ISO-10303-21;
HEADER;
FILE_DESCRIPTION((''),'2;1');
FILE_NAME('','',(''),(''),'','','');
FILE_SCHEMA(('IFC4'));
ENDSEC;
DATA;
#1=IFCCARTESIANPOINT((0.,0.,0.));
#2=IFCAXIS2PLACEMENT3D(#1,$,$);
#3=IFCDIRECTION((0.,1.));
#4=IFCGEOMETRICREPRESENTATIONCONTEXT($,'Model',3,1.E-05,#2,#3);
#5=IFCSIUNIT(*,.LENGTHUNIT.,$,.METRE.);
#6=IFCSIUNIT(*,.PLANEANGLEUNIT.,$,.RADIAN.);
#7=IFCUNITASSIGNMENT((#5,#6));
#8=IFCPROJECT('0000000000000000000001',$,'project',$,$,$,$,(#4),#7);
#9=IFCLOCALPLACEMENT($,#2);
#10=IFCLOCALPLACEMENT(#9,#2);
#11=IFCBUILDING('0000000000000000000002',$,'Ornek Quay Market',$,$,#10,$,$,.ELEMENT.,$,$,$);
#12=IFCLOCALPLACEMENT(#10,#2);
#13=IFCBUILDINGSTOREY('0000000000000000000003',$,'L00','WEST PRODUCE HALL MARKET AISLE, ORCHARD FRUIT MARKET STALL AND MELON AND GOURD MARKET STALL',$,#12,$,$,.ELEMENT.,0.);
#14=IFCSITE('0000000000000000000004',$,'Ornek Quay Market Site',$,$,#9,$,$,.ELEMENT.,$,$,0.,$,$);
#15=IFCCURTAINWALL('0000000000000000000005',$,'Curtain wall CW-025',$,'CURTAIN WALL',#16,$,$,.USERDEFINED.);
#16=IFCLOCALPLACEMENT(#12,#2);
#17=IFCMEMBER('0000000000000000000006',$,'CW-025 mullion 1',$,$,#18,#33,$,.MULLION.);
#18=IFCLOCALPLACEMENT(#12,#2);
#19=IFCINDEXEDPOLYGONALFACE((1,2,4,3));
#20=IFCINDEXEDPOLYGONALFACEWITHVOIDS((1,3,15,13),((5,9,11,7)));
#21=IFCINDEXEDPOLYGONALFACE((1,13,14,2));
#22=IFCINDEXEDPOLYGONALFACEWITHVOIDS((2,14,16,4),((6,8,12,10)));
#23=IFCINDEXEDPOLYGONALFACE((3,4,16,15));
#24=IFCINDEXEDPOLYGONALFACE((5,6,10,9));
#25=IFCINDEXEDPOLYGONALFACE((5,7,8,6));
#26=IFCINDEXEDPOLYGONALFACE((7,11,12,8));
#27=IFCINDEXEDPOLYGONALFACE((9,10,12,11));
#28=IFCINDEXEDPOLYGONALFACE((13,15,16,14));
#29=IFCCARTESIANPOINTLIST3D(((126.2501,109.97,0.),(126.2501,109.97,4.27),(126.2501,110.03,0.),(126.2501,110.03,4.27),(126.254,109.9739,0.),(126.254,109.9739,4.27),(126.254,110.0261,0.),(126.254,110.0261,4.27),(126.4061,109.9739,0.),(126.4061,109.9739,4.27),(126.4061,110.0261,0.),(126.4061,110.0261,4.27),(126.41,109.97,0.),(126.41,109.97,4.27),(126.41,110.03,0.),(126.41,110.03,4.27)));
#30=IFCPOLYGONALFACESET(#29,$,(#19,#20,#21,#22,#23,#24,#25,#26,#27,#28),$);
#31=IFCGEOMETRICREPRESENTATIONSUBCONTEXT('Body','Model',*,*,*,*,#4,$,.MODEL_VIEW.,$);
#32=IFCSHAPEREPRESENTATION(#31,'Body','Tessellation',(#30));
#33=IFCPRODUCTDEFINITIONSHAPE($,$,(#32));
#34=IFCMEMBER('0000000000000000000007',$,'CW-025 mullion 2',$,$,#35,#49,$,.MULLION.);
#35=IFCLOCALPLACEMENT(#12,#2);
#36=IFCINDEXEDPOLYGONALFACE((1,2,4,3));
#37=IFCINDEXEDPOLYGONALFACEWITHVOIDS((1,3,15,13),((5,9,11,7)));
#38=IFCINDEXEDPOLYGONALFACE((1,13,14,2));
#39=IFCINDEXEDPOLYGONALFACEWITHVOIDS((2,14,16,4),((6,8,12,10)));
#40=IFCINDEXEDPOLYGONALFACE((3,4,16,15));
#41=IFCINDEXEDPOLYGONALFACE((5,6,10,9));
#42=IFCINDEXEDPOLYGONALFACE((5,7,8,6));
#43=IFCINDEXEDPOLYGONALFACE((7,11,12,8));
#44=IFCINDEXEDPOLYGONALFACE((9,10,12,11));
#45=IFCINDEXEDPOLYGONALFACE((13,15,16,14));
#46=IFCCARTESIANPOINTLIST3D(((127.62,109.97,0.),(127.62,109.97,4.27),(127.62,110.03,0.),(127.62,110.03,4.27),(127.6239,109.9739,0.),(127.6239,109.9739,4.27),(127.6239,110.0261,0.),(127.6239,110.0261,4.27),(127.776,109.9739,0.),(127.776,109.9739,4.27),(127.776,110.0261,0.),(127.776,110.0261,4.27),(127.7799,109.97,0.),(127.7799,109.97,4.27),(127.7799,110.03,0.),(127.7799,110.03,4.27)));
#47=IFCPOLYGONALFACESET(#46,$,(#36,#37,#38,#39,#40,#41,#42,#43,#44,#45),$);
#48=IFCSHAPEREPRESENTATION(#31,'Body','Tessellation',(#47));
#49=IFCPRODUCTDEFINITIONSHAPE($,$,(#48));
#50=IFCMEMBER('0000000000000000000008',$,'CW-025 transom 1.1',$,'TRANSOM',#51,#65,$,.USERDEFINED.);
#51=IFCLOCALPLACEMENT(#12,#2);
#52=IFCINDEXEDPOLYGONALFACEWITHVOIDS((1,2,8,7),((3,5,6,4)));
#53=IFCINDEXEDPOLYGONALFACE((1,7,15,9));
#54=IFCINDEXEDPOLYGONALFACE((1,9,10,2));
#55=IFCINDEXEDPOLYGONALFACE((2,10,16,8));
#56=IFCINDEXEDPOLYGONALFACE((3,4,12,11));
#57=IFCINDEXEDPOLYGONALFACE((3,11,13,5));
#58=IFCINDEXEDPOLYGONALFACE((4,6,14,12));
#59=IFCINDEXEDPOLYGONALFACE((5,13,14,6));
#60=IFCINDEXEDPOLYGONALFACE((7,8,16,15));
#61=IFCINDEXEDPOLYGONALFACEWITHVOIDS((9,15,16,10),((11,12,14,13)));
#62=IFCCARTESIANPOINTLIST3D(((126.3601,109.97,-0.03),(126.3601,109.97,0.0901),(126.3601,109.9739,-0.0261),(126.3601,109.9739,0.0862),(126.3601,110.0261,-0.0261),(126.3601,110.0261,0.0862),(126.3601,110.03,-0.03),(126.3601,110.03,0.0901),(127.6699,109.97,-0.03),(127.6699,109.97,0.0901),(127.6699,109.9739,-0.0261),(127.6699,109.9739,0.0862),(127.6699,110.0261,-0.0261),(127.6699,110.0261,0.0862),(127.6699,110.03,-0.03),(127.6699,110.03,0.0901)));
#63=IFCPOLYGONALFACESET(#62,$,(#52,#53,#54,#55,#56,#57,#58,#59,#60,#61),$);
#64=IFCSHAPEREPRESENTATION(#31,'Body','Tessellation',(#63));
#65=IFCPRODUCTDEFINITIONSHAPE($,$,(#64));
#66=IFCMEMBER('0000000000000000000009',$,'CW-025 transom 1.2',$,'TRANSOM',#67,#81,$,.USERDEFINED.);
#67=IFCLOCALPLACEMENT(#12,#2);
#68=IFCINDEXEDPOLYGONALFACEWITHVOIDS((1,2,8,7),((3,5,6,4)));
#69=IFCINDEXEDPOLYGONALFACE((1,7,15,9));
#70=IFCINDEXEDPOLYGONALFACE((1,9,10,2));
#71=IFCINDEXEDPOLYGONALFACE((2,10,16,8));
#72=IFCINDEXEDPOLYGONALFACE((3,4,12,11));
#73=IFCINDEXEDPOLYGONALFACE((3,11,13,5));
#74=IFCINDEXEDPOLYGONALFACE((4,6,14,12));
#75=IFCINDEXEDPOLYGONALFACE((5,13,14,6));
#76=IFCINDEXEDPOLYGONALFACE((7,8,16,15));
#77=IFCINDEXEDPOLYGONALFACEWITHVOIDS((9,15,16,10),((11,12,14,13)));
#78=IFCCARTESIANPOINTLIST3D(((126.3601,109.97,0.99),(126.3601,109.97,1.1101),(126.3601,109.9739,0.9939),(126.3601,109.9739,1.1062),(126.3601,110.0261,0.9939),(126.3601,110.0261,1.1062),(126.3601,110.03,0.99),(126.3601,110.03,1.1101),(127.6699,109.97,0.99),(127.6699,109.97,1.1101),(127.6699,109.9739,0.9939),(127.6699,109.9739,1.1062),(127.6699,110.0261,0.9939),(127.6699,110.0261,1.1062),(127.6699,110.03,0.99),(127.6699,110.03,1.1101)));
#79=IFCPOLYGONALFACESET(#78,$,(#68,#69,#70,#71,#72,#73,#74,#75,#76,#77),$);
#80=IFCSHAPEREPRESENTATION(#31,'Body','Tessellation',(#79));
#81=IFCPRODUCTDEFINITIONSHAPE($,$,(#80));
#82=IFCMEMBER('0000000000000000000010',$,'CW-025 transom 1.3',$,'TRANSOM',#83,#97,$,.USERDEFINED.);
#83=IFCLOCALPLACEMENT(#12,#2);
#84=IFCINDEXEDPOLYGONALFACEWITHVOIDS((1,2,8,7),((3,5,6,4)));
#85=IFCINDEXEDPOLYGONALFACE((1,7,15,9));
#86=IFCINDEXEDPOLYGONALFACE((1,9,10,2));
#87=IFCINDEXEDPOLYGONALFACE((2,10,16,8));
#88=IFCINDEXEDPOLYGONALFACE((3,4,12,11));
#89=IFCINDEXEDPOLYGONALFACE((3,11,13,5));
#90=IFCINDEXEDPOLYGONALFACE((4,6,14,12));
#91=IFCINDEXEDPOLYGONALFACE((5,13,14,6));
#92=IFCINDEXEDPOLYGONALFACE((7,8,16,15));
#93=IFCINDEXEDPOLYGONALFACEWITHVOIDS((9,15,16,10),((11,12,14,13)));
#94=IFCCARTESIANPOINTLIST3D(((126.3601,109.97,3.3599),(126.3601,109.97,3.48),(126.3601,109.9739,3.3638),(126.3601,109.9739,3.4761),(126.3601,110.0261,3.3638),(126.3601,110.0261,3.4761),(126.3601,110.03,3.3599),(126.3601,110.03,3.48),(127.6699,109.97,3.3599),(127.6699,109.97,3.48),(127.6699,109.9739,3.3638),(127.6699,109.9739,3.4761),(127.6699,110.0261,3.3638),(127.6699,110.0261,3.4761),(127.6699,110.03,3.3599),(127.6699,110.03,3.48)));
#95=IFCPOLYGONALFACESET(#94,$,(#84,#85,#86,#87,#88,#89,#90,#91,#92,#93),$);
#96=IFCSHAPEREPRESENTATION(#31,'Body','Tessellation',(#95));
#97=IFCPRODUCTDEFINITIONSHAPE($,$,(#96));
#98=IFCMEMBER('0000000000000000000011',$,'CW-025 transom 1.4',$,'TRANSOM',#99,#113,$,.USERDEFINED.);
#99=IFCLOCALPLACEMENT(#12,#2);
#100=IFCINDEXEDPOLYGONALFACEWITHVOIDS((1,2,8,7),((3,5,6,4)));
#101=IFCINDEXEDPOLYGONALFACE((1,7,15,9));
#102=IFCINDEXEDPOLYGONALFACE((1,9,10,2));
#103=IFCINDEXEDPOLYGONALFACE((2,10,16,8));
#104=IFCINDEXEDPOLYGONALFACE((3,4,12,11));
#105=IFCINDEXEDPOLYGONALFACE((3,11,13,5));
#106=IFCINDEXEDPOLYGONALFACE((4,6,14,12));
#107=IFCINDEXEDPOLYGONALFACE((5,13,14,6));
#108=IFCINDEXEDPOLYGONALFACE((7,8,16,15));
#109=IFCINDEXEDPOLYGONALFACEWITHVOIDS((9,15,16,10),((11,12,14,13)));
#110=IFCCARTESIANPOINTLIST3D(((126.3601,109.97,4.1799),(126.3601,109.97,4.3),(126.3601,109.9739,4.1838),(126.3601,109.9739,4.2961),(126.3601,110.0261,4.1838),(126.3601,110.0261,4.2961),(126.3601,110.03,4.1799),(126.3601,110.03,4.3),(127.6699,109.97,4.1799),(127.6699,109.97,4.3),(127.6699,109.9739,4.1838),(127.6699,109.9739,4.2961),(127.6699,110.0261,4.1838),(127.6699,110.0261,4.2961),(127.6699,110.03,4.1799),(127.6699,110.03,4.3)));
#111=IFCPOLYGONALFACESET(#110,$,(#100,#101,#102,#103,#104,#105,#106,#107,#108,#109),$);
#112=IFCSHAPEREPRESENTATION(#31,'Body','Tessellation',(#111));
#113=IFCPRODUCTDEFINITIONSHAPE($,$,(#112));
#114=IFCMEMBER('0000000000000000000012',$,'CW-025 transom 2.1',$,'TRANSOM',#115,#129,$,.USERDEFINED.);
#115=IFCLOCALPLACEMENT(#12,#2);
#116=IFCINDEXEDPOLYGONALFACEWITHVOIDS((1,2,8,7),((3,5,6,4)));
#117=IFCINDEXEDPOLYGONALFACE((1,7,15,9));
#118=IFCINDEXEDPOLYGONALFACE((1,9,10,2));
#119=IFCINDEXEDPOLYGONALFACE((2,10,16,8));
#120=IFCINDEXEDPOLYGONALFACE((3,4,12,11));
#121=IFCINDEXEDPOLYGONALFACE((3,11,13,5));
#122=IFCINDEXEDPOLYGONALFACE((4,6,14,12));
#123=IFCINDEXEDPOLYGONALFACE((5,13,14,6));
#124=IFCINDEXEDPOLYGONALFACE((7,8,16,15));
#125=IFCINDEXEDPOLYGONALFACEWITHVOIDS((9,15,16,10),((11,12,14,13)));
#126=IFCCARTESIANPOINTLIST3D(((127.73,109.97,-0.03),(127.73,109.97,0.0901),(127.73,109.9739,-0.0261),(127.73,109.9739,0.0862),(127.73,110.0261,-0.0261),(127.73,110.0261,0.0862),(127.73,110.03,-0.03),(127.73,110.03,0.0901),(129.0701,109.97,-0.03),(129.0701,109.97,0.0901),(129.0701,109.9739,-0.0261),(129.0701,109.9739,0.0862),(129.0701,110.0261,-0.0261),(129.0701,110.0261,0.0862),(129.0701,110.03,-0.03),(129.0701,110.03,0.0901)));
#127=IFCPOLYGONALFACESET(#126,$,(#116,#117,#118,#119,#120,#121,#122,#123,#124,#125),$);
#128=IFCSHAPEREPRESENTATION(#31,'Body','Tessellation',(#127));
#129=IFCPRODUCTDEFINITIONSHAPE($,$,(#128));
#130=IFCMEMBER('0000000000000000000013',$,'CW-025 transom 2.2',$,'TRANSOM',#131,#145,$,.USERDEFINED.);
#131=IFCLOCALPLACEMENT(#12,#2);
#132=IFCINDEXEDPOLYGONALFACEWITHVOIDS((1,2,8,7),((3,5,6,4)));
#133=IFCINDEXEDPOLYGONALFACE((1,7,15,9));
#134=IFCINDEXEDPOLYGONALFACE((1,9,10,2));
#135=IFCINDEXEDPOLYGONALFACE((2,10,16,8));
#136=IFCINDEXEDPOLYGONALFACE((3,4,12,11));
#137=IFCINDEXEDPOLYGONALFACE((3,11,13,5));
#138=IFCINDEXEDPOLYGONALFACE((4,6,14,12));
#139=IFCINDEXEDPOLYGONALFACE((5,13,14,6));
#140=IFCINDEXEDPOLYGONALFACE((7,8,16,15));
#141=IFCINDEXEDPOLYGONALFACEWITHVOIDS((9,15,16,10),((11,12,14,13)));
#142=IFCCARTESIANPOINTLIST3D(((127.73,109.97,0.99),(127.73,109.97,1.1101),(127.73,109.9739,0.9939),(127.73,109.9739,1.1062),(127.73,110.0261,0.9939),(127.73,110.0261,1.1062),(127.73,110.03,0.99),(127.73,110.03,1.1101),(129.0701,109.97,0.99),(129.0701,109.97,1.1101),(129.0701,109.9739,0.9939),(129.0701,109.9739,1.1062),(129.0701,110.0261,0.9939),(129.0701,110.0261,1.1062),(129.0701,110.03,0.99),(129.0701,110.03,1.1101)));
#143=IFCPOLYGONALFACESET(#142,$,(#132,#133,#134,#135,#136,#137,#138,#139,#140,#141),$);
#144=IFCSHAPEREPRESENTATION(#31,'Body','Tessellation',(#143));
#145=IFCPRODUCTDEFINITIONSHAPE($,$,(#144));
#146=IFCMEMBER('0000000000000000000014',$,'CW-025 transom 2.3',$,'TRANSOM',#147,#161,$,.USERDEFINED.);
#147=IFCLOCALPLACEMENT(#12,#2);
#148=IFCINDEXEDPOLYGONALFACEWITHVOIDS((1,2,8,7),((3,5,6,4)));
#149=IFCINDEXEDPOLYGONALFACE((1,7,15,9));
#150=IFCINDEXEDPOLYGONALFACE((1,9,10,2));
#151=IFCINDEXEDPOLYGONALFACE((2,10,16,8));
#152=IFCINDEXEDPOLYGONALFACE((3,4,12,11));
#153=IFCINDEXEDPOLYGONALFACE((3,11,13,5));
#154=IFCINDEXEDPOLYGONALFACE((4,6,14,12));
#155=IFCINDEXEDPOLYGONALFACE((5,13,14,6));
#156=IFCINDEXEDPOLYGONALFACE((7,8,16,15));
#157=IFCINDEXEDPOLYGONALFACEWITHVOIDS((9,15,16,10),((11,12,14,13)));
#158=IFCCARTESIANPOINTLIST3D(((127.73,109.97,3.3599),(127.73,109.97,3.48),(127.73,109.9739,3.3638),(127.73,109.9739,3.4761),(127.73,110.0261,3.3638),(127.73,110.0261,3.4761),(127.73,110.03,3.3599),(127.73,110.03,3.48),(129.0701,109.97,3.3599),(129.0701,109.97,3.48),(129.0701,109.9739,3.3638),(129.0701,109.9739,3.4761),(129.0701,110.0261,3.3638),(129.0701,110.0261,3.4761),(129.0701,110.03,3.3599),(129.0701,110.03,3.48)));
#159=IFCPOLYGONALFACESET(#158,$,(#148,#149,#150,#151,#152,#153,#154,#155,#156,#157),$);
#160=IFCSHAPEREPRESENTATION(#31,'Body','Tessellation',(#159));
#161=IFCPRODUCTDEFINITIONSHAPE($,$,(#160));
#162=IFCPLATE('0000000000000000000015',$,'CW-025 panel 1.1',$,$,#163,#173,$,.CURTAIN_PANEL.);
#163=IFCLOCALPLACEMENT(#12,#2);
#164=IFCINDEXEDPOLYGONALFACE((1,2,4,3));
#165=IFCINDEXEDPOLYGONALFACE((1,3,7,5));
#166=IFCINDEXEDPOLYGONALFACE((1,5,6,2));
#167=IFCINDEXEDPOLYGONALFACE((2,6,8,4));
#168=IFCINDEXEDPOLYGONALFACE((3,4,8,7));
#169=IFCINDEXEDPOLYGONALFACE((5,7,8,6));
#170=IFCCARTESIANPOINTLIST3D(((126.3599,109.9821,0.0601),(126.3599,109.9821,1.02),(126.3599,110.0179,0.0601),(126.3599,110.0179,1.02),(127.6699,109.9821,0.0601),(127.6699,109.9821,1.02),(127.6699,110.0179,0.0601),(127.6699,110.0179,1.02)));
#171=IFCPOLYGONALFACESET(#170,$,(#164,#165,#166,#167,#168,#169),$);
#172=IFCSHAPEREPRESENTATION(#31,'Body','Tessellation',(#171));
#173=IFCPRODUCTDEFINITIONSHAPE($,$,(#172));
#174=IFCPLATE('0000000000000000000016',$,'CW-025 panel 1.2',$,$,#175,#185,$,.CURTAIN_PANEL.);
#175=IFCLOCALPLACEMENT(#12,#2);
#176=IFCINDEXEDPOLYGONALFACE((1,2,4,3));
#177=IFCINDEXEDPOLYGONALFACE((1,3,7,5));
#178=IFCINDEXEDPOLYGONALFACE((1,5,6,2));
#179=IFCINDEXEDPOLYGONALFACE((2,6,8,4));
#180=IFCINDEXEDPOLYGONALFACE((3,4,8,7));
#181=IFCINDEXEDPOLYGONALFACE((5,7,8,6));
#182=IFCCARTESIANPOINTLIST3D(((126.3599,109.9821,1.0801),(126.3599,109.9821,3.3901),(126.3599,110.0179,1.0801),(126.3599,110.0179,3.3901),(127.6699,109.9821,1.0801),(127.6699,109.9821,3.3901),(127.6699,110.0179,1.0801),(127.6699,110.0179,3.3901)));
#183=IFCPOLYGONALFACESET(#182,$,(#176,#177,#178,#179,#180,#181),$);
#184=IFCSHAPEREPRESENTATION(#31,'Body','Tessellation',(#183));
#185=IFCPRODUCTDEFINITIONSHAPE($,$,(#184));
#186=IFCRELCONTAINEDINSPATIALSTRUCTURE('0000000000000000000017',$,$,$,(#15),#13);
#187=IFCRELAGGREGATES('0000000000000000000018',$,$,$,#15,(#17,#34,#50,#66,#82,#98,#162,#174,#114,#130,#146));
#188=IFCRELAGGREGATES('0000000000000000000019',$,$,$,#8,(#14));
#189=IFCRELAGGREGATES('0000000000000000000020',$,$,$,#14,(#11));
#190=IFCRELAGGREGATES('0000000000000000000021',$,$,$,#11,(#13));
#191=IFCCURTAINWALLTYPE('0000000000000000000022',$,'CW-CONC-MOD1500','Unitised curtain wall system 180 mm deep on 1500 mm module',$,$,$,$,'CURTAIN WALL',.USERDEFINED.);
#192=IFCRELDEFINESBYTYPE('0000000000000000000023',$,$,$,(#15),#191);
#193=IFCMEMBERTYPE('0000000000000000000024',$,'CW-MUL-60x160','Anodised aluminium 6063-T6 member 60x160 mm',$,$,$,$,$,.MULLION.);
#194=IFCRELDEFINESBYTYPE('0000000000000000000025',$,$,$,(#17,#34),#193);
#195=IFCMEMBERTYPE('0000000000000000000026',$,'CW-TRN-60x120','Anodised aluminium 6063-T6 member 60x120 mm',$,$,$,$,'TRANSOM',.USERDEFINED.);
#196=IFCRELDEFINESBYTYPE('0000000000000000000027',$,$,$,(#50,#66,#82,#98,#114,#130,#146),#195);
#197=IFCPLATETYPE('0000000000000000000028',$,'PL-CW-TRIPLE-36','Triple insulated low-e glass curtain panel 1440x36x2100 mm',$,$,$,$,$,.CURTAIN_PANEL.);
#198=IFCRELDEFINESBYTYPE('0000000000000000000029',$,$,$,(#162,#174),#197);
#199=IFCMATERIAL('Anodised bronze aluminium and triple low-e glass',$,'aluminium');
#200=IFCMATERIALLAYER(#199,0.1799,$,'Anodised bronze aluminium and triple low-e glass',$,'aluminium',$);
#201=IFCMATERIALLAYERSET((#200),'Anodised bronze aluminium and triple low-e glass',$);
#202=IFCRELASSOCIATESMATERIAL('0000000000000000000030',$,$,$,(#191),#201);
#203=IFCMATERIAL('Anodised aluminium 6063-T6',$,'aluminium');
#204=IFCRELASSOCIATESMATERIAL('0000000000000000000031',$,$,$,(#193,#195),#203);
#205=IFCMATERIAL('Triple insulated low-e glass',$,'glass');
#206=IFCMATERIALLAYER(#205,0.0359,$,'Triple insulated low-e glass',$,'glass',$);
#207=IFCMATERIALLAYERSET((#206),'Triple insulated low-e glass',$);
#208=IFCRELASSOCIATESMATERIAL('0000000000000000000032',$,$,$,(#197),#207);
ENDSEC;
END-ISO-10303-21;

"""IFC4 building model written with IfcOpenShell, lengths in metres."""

from ifc_helpers import new_model, si_unit, direction, frame, origin, origin_2d, place, context, subcontext, project, spatial, rectangle, hollow_rectangle, extrude, material, layer, layer_set, material_profile, profile_set, type_object, element, aggregate, save


model = new_model("IFC4")

# Units and contexts
model_context = context("Model", 3, precision=1e-05, world=origin(), true_north=direction((0.0, 1.0)))
body_context = subcontext(model_context, "Body", "Model", "MODEL_VIEW")
ifc_project = project(units=[si_unit("LENGTHUNIT", "METRE"), si_unit("PLANEANGLEUNIT", "RADIAN")], contexts=[model_context])

# Site, building, storey
site_placement = place(None, origin())
site = spatial("IfcSite", under=ifc_project, at=site_placement, Name="Ornek Quay Market Site", CompositionType="ELEMENT", RefElevation=0.0)
building_placement = place(site_placement, origin())
building = spatial("IfcBuilding", under=site, at=building_placement, Name="Ornek Quay Market", CompositionType="ELEMENT")
storey_placement = place(building_placement, origin())
storey = spatial("IfcBuildingStorey", under=building, at=storey_placement, Name="L00", Description="WEST PRODUCE HALL MARKET AISLE, ORCHARD FRUIT MARKET STALL AND MELON AND GOURD MARKET STALL", CompositionType="ELEMENT", Elevation=0.0)

# Curtain wall, members, plates
ifc_material_1 = material(Name="Anodised bronze aluminium and triple low-e glass", Category="aluminium")
ifc_layer_1 = layer(ifc_material_1, 0.1799, Name="Anodised bronze aluminium and triple low-e glass", Category="aluminium")
ifc_layer_set_1 = layer_set([ifc_layer_1], Name="Anodised bronze aluminium and triple low-e glass")
curtain_wall_type = type_object("IfcCurtainWallType", Name="CW-CONC-MOD1500", Description="Unitised curtain wall system 180 mm deep on 1500 mm module", ElementType="CURTAIN WALL", PredefinedType="USERDEFINED", material=ifc_layer_set_1)
curtain_wall_placement = place(storey_placement, origin())
curtain_wall = element("IfcCurtainWall", 1, at=curtain_wall_placement, inside=storey, type_object=curtain_wall_type, Name="Curtain wall CW-025", ObjectType="CURTAIN WALL", PredefinedType="USERDEFINED")
ifc_material_2 = material(Name="Anodised aluminium 6063-T6", Category="aluminium")
ifc_material_profile_1 = material_profile(ifc_material_2, hollow_rectangle(XDim=0.0601, YDim=0.1599, WallThickness=0.0039, at=origin_2d()), Name="CW-MUL-60x160", Category="aluminium")
ifc_profile_set_1 = profile_set([ifc_material_profile_1], Name="Anodised aluminium 6063-T6")
member_type_1 = type_object("IfcMemberType", Name="CW-MUL-60x160", Description="Anodised aluminium 6063-T6 member 60x160 mm", PredefinedType="MULLION", material=ifc_profile_set_1)
member_1_placement = place(storey_placement, frame((126.3301, 110.0, 0.0), z_axis=(0.0, 0.0, 1.0), x_axis=(0.0, 1.0, 0.0)))
member_1 = element("IfcMember", 2, at=member_1_placement, type_object=member_type_1, Name="CW-025 mullion 1", PredefinedType="MULLION", context=body_context, shape_type="SweptSolid", body=[
    extrude(hollow_rectangle(XDim=0.0601, YDim=0.1599, WallThickness=0.0039, at=origin_2d()), origin(), (0.0, 0.0, 1.0), 4.27),
])
member_2_placement = place(storey_placement, frame((127.7, 110.0, 0.0), z_axis=(0.0, 0.0, 1.0), x_axis=(0.0, 1.0, 0.0)))
member_2 = element("IfcMember", 3, at=member_2_placement, type_object=member_type_1, Name="CW-025 mullion 2", PredefinedType="MULLION", context=body_context, shape_type="SweptSolid", body=[
    extrude(hollow_rectangle(XDim=0.0601, YDim=0.1599, WallThickness=0.0039, at=origin_2d()), origin(), (0.0, 0.0, 1.0), 4.27),
])
ifc_material_profile_2 = material_profile(ifc_material_2, hollow_rectangle(XDim=0.0601, YDim=0.1201, WallThickness=0.0039, at=origin_2d()), Name="CW-TRN-60x120", Category="aluminium")
ifc_profile_set_2 = profile_set([ifc_material_profile_2], Name="Anodised aluminium 6063-T6")
member_type_2 = type_object("IfcMemberType", Name="CW-TRN-60x120", Description="Anodised aluminium 6063-T6 member 60x120 mm", ElementType="TRANSOM", PredefinedType="USERDEFINED", material=ifc_profile_set_2)
member_3_placement = place(storey_placement, frame((126.3601, 110.0, 0.03), z_axis=(1.0, 0.0, 0.0), x_axis=(0.0, 1.0, 0.0)))
member_3 = element("IfcMember", 4, at=member_3_placement, type_object=member_type_2, Name="CW-025 transom 1.1", ObjectType="TRANSOM", PredefinedType="USERDEFINED", context=body_context, shape_type="SweptSolid", body=[
    extrude(hollow_rectangle(XDim=0.0601, YDim=0.1201, WallThickness=0.0039, at=origin_2d()), origin(), (0.0, 0.0, 1.0), 1.3098),
])
member_4_placement = place(storey_placement, frame((126.3601, 110.0, 1.05), z_axis=(1.0, 0.0, 0.0), x_axis=(0.0, 1.0, 0.0)))
member_4 = element("IfcMember", 5, at=member_4_placement, type_object=member_type_2, Name="CW-025 transom 1.2", ObjectType="TRANSOM", PredefinedType="USERDEFINED", context=body_context, shape_type="SweptSolid", body=[
    extrude(hollow_rectangle(XDim=0.0601, YDim=0.1201, WallThickness=0.0039, at=origin_2d()), origin(), (0.0, 0.0, 1.0), 1.3098),
])
member_5_placement = place(storey_placement, frame((126.3601, 110.0, 3.4199), z_axis=(1.0, 0.0, 0.0), x_axis=(0.0, 1.0, 0.0)))
member_5 = element("IfcMember", 6, at=member_5_placement, type_object=member_type_2, Name="CW-025 transom 1.3", ObjectType="TRANSOM", PredefinedType="USERDEFINED", context=body_context, shape_type="SweptSolid", body=[
    extrude(hollow_rectangle(XDim=0.0601, YDim=0.1201, WallThickness=0.0039, at=origin_2d()), origin(), (0.0, 0.0, 1.0), 1.3098),
])
member_6_placement = place(storey_placement, frame((126.3601, 110.0, 4.24), z_axis=(1.0, 0.0, 0.0), x_axis=(0.0, 1.0, 0.0)))
member_6 = element("IfcMember", 7, at=member_6_placement, type_object=member_type_2, Name="CW-025 transom 1.4", ObjectType="TRANSOM", PredefinedType="USERDEFINED", context=body_context, shape_type="SweptSolid", body=[
    extrude(hollow_rectangle(XDim=0.0601, YDim=0.1201, WallThickness=0.0039, at=origin_2d()), origin(), (0.0, 0.0, 1.0), 1.3098),
])
member_7_placement = place(storey_placement, frame((127.73, 110.0, 0.03), z_axis=(1.0, 0.0, 0.0), x_axis=(0.0, 1.0, 0.0)))
member_7 = element("IfcMember", 8, at=member_7_placement, type_object=member_type_2, Name="CW-025 transom 2.1", ObjectType="TRANSOM", PredefinedType="USERDEFINED", context=body_context, shape_type="SweptSolid", body=[
    extrude(hollow_rectangle(XDim=0.0601, YDim=0.1201, WallThickness=0.0039, at=origin_2d()), origin(), (0.0, 0.0, 1.0), 1.3401),
])
member_8_placement = place(storey_placement, frame((127.73, 110.0, 1.05), z_axis=(1.0, 0.0, 0.0), x_axis=(0.0, 1.0, 0.0)))
member_8 = element("IfcMember", 9, at=member_8_placement, type_object=member_type_2, Name="CW-025 transom 2.2", ObjectType="TRANSOM", PredefinedType="USERDEFINED", context=body_context, shape_type="SweptSolid", body=[
    extrude(hollow_rectangle(XDim=0.0601, YDim=0.1201, WallThickness=0.0039, at=origin_2d()), origin(), (0.0, 0.0, 1.0), 1.3401),
])
member_9_placement = place(storey_placement, frame((127.73, 110.0, 3.4199), z_axis=(1.0, 0.0, 0.0), x_axis=(0.0, 1.0, 0.0)))
member_9 = element("IfcMember", 10, at=member_9_placement, type_object=member_type_2, Name="CW-025 transom 2.3", ObjectType="TRANSOM", PredefinedType="USERDEFINED", context=body_context, shape_type="SweptSolid", body=[
    extrude(hollow_rectangle(XDim=0.0601, YDim=0.1201, WallThickness=0.0039, at=origin_2d()), origin(), (0.0, 0.0, 1.0), 1.3401),
])
ifc_material_3 = material(Name="Triple insulated low-e glass", Category="glass")
ifc_layer_2 = layer(ifc_material_3, 0.0359, Name="Triple insulated low-e glass", Category="glass")
ifc_layer_set_2 = layer_set([ifc_layer_2], Name="Triple insulated low-e glass")
plate_type = type_object("IfcPlateType", Name="PL-CW-TRIPLE-36", Description="Triple insulated low-e glass curtain panel 1440x36x2100 mm", PredefinedType="CURTAIN_PANEL", material=ifc_layer_set_2)
plate_1_placement = place(storey_placement, frame((127.0149, 110.0, 0.0601), z_axis=(0.0, 0.0, 1.0), x_axis=(1.0, 0.0, 0.0)))
plate_1 = element("IfcPlate", 11, at=plate_1_placement, type_object=plate_type, Name="CW-025 panel 1.1", PredefinedType="CURTAIN_PANEL", context=body_context, shape_type="SweptSolid", body=[
    extrude(rectangle(XDim=1.3101, YDim=0.0359, at=origin_2d()), origin(), (0.0, 0.0, 1.0), 0.96),
])
plate_2_placement = place(storey_placement, frame((127.0149, 110.0, 1.0801), z_axis=(0.0, 0.0, 1.0), x_axis=(1.0, 0.0, 0.0)))
plate_2 = element("IfcPlate", 12, at=plate_2_placement, type_object=plate_type, Name="CW-025 panel 1.2", PredefinedType="CURTAIN_PANEL", context=body_context, shape_type="SweptSolid", body=[
    extrude(rectangle(XDim=1.3101, YDim=0.0359, at=origin_2d()), origin(), (0.0, 0.0, 1.0), 2.3101),
])
aggregate(curtain_wall, [member_1, member_2, member_3, member_4, member_5, member_6, plate_1, plate_2, member_7, member_8, member_9])

save(model, "model.ifc")
